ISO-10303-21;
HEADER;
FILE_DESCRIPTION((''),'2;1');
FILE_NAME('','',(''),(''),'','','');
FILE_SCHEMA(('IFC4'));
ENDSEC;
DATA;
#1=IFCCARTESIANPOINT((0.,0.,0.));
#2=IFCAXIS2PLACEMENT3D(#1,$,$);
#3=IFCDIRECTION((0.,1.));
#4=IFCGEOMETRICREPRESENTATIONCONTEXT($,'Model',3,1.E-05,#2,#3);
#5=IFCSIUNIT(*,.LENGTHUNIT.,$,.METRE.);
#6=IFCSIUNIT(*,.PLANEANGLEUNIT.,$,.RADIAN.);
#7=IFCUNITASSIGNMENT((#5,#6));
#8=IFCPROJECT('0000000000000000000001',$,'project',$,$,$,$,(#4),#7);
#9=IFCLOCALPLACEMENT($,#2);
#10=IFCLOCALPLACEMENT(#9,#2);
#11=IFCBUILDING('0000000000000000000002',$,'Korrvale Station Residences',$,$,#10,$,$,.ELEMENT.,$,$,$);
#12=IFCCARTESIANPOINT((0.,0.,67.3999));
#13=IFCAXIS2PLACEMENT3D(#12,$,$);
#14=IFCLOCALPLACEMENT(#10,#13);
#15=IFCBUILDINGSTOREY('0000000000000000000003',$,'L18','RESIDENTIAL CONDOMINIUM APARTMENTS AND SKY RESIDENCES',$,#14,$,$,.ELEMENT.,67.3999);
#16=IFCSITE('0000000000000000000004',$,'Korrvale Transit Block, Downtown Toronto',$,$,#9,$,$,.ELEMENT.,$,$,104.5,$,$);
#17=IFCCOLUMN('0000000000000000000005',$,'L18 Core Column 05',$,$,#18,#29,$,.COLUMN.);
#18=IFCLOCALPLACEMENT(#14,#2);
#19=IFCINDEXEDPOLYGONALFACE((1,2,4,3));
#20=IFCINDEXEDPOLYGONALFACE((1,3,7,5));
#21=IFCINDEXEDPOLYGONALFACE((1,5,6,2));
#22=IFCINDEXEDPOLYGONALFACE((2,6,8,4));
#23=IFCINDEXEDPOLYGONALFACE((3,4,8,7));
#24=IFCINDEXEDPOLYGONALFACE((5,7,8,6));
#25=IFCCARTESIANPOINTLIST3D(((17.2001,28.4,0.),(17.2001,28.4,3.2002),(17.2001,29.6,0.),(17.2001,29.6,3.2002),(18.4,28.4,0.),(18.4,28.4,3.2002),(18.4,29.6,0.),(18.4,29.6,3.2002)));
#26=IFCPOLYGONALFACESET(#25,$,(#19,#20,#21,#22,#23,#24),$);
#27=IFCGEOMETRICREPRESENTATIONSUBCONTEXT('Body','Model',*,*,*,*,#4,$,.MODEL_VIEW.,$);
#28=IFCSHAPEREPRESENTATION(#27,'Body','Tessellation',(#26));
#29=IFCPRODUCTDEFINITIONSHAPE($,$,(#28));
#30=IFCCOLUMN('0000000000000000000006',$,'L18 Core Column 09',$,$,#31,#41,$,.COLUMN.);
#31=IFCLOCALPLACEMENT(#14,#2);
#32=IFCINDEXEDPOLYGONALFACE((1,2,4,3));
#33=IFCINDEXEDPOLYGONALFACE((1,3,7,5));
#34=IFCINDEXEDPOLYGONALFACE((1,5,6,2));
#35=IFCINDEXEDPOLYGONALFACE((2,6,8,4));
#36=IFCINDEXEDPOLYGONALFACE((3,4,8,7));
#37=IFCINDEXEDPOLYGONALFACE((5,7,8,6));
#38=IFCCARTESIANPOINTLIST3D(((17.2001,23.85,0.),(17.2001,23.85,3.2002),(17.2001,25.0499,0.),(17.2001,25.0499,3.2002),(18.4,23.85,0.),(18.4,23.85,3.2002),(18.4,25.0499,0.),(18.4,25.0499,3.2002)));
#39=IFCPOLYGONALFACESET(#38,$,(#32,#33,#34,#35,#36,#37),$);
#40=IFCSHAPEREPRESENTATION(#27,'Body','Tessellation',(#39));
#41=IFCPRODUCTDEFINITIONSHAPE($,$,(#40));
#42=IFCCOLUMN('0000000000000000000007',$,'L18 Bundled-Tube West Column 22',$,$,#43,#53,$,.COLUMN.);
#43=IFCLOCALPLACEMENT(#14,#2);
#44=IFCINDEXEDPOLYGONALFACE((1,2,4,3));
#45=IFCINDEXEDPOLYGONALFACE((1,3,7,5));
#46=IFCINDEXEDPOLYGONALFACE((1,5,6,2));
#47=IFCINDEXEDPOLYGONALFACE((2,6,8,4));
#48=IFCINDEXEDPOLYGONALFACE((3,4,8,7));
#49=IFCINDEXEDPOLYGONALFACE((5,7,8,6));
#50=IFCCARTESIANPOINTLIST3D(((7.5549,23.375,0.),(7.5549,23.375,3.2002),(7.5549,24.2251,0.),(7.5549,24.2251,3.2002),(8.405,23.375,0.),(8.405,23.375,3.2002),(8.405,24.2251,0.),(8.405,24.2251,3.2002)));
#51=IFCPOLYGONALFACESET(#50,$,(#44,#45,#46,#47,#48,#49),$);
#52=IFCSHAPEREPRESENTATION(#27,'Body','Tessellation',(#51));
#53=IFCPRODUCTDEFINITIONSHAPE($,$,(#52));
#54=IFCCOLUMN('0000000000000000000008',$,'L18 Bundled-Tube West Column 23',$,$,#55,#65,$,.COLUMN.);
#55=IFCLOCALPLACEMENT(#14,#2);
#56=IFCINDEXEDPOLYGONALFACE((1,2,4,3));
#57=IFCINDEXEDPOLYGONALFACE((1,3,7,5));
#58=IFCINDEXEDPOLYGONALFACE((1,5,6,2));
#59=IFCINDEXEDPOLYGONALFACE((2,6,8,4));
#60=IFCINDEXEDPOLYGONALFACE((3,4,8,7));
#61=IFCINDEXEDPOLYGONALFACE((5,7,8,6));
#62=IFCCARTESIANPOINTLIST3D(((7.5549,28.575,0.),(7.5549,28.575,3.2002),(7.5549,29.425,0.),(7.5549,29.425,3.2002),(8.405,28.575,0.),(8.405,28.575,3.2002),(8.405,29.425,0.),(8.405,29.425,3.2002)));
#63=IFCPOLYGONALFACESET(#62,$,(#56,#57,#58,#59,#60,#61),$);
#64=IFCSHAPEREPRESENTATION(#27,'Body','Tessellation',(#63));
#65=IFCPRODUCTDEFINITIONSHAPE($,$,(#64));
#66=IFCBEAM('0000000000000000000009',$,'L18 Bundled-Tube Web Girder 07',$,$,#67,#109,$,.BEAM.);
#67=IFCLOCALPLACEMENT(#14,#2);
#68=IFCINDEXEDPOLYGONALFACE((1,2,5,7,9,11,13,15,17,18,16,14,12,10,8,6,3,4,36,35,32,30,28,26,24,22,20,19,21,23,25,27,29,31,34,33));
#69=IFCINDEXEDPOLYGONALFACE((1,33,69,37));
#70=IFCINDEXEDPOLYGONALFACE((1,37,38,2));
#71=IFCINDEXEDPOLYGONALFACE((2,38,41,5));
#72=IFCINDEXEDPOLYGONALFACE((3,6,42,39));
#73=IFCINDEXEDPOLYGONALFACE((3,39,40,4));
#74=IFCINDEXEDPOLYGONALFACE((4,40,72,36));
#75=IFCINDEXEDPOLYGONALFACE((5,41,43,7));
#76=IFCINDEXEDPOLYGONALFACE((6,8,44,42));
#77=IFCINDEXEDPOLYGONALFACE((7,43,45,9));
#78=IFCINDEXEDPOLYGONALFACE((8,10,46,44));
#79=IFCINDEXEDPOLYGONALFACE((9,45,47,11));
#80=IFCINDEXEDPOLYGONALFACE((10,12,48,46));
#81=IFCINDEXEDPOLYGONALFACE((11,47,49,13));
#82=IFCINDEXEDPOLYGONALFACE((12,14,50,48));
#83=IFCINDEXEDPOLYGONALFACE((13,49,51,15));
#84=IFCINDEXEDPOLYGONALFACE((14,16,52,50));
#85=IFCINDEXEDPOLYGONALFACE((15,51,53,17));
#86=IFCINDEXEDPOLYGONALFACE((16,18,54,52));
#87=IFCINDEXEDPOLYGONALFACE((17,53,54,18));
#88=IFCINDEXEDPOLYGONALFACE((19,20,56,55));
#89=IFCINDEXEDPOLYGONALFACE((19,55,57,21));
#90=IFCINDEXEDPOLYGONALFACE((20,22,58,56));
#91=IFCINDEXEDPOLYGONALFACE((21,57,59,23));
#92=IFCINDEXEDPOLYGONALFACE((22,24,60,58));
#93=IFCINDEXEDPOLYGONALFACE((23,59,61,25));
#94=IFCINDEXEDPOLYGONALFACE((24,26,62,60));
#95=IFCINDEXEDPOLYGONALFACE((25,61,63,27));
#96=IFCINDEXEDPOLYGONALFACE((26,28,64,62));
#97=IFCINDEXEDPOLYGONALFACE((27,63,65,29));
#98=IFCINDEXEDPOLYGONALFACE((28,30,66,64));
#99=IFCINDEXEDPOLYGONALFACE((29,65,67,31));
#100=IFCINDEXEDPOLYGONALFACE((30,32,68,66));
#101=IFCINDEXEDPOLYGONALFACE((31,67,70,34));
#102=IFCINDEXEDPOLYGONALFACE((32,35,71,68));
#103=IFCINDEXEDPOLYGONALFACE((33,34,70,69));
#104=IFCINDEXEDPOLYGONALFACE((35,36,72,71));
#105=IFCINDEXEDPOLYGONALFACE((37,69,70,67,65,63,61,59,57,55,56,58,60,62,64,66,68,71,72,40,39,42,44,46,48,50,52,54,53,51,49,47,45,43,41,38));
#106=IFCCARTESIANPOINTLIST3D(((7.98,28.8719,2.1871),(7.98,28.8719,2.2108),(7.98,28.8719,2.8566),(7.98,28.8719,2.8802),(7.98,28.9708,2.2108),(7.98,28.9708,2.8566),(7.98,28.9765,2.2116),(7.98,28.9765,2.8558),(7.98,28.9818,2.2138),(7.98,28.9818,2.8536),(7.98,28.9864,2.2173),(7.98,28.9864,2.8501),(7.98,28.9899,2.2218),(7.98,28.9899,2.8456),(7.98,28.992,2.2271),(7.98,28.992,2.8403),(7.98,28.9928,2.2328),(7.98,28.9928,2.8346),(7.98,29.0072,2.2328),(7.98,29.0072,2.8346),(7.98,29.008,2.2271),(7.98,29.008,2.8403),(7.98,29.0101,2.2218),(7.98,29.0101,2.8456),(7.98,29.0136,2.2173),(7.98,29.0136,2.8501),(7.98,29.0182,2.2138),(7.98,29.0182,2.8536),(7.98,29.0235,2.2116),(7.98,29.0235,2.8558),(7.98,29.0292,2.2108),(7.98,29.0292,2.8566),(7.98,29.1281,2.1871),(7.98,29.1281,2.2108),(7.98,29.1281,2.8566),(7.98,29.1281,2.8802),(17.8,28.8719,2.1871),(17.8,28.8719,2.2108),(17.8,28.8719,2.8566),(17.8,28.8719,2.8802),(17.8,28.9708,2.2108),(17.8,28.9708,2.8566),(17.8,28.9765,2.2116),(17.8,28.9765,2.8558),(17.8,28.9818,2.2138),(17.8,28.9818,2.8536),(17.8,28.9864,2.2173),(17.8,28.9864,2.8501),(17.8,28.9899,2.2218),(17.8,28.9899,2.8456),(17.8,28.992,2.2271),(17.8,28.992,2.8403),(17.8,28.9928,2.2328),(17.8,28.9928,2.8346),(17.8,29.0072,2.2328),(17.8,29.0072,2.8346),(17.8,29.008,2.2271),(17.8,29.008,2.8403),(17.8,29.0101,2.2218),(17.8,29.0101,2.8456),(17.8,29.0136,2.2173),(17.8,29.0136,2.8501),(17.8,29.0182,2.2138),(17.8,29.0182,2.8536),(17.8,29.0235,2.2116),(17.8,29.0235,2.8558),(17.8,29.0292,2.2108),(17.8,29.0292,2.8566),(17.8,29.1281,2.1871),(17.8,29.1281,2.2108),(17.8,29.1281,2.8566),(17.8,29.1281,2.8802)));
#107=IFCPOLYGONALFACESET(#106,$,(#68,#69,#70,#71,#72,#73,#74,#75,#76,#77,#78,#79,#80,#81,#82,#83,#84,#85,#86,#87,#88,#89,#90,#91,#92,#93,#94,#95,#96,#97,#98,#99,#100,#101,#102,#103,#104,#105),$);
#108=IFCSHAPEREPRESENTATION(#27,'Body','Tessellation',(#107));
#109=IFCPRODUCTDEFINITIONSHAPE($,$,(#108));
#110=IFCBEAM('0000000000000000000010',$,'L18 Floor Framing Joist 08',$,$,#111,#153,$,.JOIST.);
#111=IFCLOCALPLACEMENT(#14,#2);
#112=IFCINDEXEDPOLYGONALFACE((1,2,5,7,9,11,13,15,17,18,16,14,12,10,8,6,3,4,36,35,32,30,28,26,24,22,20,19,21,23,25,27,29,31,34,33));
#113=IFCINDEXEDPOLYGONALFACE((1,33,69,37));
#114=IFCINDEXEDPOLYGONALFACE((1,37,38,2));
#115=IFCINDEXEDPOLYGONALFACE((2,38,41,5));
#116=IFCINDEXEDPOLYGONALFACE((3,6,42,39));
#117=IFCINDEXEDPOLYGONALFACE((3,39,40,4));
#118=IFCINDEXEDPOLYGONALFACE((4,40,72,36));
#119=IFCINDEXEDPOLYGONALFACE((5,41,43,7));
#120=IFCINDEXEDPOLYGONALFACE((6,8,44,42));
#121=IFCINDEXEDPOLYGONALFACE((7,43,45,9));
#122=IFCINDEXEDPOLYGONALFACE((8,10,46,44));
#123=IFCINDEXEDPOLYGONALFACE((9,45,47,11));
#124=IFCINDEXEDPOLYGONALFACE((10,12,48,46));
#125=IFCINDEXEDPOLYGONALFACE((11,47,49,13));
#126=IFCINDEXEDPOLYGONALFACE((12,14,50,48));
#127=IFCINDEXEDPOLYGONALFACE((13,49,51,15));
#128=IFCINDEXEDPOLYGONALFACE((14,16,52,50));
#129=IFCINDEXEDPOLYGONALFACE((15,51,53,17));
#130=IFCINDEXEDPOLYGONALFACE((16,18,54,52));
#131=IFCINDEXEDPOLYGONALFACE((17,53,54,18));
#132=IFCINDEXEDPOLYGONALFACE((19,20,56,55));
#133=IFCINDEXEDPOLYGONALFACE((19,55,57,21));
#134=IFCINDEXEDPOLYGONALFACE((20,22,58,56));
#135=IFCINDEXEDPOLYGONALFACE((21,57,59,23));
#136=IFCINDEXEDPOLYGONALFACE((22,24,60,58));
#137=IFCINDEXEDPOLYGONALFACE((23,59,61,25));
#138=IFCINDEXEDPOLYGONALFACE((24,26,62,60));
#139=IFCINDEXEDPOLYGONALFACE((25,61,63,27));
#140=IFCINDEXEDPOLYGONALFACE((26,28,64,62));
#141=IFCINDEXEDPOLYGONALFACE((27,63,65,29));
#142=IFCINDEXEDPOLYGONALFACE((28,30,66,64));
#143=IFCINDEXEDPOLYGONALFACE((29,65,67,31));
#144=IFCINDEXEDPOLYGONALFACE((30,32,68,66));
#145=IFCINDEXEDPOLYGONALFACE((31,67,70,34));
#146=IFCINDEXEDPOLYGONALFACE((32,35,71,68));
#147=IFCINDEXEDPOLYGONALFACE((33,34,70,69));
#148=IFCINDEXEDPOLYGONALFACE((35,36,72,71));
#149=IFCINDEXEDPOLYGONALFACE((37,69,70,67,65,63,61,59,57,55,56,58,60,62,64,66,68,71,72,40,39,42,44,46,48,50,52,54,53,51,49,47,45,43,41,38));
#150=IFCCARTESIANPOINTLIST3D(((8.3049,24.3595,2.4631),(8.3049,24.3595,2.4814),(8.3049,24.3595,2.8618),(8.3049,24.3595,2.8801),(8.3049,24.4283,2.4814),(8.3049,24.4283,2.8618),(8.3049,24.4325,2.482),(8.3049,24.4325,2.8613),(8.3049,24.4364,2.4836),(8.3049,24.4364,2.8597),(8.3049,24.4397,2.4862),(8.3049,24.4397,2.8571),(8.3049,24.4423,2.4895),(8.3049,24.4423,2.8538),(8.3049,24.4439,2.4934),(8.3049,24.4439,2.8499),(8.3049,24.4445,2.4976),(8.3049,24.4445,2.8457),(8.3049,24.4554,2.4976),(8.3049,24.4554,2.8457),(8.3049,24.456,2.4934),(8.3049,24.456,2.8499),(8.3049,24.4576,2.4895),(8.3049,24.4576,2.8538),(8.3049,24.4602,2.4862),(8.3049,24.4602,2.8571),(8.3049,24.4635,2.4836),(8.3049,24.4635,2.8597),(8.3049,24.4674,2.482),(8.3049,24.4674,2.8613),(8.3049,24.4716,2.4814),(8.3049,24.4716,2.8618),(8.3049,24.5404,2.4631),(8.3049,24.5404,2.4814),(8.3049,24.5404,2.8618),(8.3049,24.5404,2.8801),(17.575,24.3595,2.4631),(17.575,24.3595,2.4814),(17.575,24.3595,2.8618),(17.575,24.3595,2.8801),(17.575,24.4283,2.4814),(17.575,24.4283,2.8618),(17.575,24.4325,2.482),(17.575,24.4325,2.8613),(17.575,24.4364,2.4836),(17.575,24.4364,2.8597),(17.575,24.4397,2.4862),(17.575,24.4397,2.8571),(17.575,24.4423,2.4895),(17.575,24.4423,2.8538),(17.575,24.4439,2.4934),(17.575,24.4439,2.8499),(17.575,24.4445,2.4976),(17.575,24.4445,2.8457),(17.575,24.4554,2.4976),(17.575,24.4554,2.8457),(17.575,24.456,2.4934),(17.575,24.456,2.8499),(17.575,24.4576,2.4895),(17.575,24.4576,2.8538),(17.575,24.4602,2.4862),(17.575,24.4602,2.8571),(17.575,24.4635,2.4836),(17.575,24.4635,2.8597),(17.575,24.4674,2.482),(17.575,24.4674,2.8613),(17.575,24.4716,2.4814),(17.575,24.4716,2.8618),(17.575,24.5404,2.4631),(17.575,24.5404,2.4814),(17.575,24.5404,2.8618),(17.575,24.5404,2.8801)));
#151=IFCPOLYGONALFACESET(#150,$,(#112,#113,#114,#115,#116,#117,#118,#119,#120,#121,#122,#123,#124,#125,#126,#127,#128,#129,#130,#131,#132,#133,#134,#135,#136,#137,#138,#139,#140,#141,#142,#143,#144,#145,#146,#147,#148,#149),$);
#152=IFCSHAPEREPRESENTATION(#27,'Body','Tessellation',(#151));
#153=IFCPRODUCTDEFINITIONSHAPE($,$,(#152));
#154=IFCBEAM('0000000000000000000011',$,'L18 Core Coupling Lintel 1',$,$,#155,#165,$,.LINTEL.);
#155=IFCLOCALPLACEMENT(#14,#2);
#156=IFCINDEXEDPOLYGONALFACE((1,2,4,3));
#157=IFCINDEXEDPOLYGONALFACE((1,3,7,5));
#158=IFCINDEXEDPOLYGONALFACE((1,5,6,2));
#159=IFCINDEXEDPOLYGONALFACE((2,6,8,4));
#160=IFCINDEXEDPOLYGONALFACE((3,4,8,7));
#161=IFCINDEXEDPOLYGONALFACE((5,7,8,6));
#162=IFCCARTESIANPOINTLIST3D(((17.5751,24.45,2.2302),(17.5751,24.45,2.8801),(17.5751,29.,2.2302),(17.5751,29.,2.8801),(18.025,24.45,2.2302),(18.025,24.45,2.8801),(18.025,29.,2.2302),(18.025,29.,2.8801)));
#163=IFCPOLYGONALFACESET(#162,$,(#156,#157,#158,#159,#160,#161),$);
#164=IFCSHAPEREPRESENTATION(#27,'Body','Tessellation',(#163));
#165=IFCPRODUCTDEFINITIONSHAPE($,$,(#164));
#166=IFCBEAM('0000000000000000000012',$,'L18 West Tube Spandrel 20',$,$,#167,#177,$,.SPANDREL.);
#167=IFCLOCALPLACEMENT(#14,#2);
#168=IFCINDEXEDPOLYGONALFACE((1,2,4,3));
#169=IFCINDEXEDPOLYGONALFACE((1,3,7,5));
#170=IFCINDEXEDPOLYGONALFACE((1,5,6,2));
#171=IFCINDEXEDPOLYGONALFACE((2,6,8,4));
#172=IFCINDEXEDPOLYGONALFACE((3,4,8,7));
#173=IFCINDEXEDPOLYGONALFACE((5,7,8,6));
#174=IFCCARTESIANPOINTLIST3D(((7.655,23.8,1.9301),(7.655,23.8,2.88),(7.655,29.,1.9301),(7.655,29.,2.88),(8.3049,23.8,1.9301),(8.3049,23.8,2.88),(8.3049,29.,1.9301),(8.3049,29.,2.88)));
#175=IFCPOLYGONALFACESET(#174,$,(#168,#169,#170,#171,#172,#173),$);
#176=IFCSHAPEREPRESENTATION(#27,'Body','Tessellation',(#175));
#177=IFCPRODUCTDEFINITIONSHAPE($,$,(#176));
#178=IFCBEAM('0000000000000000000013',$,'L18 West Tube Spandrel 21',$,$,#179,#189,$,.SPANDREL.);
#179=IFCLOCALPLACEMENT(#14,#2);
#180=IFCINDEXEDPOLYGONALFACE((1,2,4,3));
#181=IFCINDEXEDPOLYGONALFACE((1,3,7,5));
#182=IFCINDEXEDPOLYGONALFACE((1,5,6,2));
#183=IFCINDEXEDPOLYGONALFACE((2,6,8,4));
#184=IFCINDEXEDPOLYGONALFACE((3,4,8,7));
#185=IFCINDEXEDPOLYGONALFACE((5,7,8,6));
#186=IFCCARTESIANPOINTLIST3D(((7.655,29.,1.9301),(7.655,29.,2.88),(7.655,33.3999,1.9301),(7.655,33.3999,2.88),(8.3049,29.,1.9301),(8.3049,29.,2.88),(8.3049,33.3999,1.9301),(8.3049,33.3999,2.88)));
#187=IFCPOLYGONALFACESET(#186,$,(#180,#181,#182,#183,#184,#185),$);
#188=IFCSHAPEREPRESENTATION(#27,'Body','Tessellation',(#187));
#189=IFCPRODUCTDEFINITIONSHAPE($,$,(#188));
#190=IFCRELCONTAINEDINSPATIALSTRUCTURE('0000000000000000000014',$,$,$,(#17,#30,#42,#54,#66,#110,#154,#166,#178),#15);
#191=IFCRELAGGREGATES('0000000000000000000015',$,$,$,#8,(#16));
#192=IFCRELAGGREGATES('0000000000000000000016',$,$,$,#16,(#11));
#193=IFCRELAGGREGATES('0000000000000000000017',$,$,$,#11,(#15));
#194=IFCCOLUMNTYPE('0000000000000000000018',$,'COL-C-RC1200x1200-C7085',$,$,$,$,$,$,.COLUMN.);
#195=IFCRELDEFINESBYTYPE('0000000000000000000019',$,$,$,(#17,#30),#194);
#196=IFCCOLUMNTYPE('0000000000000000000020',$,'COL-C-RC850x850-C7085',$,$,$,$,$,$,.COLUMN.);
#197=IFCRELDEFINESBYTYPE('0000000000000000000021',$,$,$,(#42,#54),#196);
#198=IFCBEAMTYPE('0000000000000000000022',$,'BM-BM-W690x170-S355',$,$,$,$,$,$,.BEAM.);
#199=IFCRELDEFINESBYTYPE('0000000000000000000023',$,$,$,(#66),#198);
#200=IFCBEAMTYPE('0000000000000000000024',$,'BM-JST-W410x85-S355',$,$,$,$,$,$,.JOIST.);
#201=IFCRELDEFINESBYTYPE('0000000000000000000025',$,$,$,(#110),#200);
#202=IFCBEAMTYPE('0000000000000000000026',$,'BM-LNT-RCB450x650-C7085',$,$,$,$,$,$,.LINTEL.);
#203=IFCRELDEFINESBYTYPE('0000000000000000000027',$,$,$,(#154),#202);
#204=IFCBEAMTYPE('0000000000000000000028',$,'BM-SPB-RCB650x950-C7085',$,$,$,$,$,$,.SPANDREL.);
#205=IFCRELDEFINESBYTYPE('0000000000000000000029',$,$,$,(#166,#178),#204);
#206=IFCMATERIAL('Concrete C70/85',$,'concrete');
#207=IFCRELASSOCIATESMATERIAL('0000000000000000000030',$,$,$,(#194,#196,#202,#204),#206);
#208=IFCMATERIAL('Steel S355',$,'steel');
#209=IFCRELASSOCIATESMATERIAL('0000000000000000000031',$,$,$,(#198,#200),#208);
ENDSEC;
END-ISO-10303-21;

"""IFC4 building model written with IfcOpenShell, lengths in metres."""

from ifc_helpers import new_model, si_unit, direction, frame, origin, origin_2d, place, context, subcontext, project, spatial, rectangle, i_section, extrude, material, material_profile, profile_set, type_object, element, save


model = new_model("IFC4")

# Units and contexts
model_context = context("Model", 3, precision=1e-05, world=origin(), true_north=direction((0.0, 1.0)))
body_context = subcontext(model_context, "Body", "Model", "MODEL_VIEW")
ifc_project = project(units=[si_unit("LENGTHUNIT", "METRE"), si_unit("PLANEANGLEUNIT", "RADIAN")], contexts=[model_context])

# Site, building, storey
site_placement = place(None, origin())
site = spatial("IfcSite", under=ifc_project, at=site_placement, Name="Korrvale Transit Block, Downtown Toronto", CompositionType="ELEMENT", RefElevation=104.5)
building_placement = place(site_placement, origin())
building = spatial("IfcBuilding", under=site, at=building_placement, Name="Korrvale Station Residences", CompositionType="ELEMENT")
storey_placement = place(building_placement, frame((0.0, 0.0, 67.3999)))
storey = spatial("IfcBuildingStorey", under=building, at=storey_placement, Name="L18", Description="RESIDENTIAL CONDOMINIUM APARTMENTS AND SKY RESIDENCES", CompositionType="ELEMENT", Elevation=67.3999)

# Columns
ifc_material_1 = material(Name="Concrete C70/85", Category="concrete")
ifc_material_profile_1 = material_profile(ifc_material_1, rectangle(XDim=1.2, YDim=1.2, at=origin_2d()), Name="RC1200x1200")
ifc_profile_set_1 = profile_set([ifc_material_profile_1], Name="Concrete C70/85")
column_type_1 = type_object("IfcColumnType", Name="COL-C-RC1200x1200-C7085", PredefinedType="COLUMN", material=ifc_profile_set_1)
for number, where, z_axis, x_axis, name in (
    (1, (17.8, 29.0, 0.0), (0.0, 0.0, 1.0), (1.0, 0.0, 0.0), "L18 Core Column 05"),
    (2, (17.8, 24.45, 0.0), (0.0, 0.0, 1.0), (1.0, 0.0, 0.0), "L18 Core Column 09"),
):
    element("IfcColumn", number, at=place(storey_placement, frame(where, z_axis=z_axis, x_axis=x_axis)), inside=storey, type_object=column_type_1, Name=name, PredefinedType="COLUMN", context=body_context, shape_type="SweptSolid", body=[
        extrude(rectangle(XDim=1.2, YDim=1.2, at=origin_2d()), origin(), (0.0, 0.0, 1.0), 3.2002),
    ])
ifc_material_profile_2 = material_profile(ifc_material_1, rectangle(XDim=0.8501, YDim=0.8501, at=origin_2d()), Name="RC850x850")
ifc_profile_set_2 = profile_set([ifc_material_profile_2], Name="Concrete C70/85")
column_type_2 = type_object("IfcColumnType", Name="COL-C-RC850x850-C7085", PredefinedType="COLUMN", material=ifc_profile_set_2)
for number, where, z_axis, x_axis, name in (
    (3, (7.98, 23.8, 0.0), (0.0, 0.0, 1.0), (1.0, 0.0, 0.0), "L18 Bundled-Tube West Column 22"),
    (4, (7.98, 29.0, 0.0), (0.0, 0.0, 1.0), (1.0, 0.0, 0.0), "L18 Bundled-Tube West Column 23"),
):
    element("IfcColumn", number, at=place(storey_placement, frame(where, z_axis=z_axis, x_axis=x_axis)), inside=storey, type_object=column_type_2, Name=name, PredefinedType="COLUMN", context=body_context, shape_type="SweptSolid", body=[
        extrude(rectangle(XDim=0.8501, YDim=0.8501, at=origin_2d()), origin(), (0.0, 0.0, 1.0), 3.2002),
    ])

# Beams
ifc_material_2 = material(Name="Steel S355", Category="steel")
ifc_material_profile_3 = material_profile(ifc_material_2, i_section(OverallWidth=0.2561, OverallDepth=0.6931, WebThickness=0.0144, FlangeThickness=0.0237, FilletRadius=0.022, at=origin_2d()), Name="W690x170")
ifc_profile_set_3 = profile_set([ifc_material_profile_3], Name="Steel S355")
beam_type_1 = type_object("IfcBeamType", Name="BM-BM-W690x170-S355", PredefinedType="BEAM", material=ifc_profile_set_3)
beam_1_placement = place(storey_placement, frame((7.98, 29.0, 2.5337), z_axis=(1.0, 0.0, 0.0), x_axis=(0.0, 1.0, 0.0)))
element("IfcBeam", 5, at=beam_1_placement, inside=storey, type_object=beam_type_1, Name="L18 Bundled-Tube Web Girder 07", PredefinedType="BEAM", context=body_context, shape_type="SweptSolid", body=[
    extrude(i_section(OverallWidth=0.2561, OverallDepth=0.6931, WebThickness=0.0144, FlangeThickness=0.0237, FilletRadius=0.022, at=origin_2d()), origin(), (0.0, 0.0, 1.0), 9.8201),
])
ifc_material_profile_4 = material_profile(ifc_material_2, i_section(OverallWidth=0.1809, OverallDepth=0.417, WebThickness=0.011, FlangeThickness=0.0183, FilletRadius=0.0161, at=origin_2d()), Name="W410x85")
ifc_profile_set_4 = profile_set([ifc_material_profile_4], Name="Steel S355")
beam_type_2 = type_object("IfcBeamType", Name="BM-JST-W410x85-S355", PredefinedType="JOIST", material=ifc_profile_set_4)
beam_2_placement = place(storey_placement, frame((8.3049, 24.45, 2.6716), z_axis=(1.0, 0.0, 0.0), x_axis=(0.0, 1.0, 0.0)))
element("IfcBeam", 6, at=beam_2_placement, inside=storey, type_object=beam_type_2, Name="L18 Floor Framing Joist 08", PredefinedType="JOIST", context=body_context, shape_type="SweptSolid", body=[
    extrude(i_section(OverallWidth=0.1809, OverallDepth=0.417, WebThickness=0.011, FlangeThickness=0.0183, FilletRadius=0.0161, at=origin_2d()), origin(), (0.0, 0.0, 1.0), 9.27),
])
ifc_material_profile_5 = material_profile(ifc_material_1, rectangle(XDim=0.45, YDim=0.6499, at=origin_2d()), Name="RCB450x650")
ifc_profile_set_5 = profile_set([ifc_material_profile_5], Name="Concrete C70/85")
beam_type_3 = type_object("IfcBeamType", Name="BM-LNT-RCB450x650-C7085", PredefinedType="LINTEL", material=ifc_profile_set_5)
beam_3_placement = place(storey_placement, frame((17.8, 24.45, 2.5552), z_axis=(0.0, 1.0, 0.0), x_axis=(-1.0, 0.0, 0.0)))
element("IfcBeam", 7, at=beam_3_placement, inside=storey, type_object=beam_type_3, Name="L18 Core Coupling Lintel 1", PredefinedType="LINTEL", context=body_context, shape_type="SweptSolid", body=[
    extrude(rectangle(XDim=0.45, YDim=0.6499, at=origin_2d()), origin(), (0.0, 0.0, 1.0), 4.55),
])
ifc_material_profile_6 = material_profile(ifc_material_1, rectangle(XDim=0.6499, YDim=0.95, at=origin_2d()), Name="RCB650x950")
ifc_profile_set_6 = profile_set([ifc_material_profile_6], Name="Concrete C70/85")
beam_type_4 = type_object("IfcBeamType", Name="BM-SPB-RCB650x950-C7085", PredefinedType="SPANDREL", material=ifc_profile_set_6)
beam_4_placement = place(storey_placement, frame((7.98, 23.8, 2.405), z_axis=(0.0, 1.0, 0.0), x_axis=(-1.0, 0.0, 0.0)))
element("IfcBeam", 8, at=beam_4_placement, inside=storey, type_object=beam_type_4, Name="L18 West Tube Spandrel 20", PredefinedType="SPANDREL", context=body_context, shape_type="SweptSolid", body=[
    extrude(rectangle(XDim=0.6499, YDim=0.95, at=origin_2d()), origin(), (0.0, 0.0, 1.0), 5.2),
])
beam_5_placement = place(storey_placement, frame((7.98, 29.0, 2.405), z_axis=(0.0, 1.0, 0.0), x_axis=(-1.0, 0.0, 0.0)))
element("IfcBeam", 9, at=beam_5_placement, inside=storey, type_object=beam_type_4, Name="L18 West Tube Spandrel 21", PredefinedType="SPANDREL", context=body_context, shape_type="SweptSolid", body=[
    extrude(rectangle(XDim=0.6499, YDim=0.95, at=origin_2d()), origin(), (0.0, 0.0, 1.0), 4.3999),
])

save(model, "model.ifc")
